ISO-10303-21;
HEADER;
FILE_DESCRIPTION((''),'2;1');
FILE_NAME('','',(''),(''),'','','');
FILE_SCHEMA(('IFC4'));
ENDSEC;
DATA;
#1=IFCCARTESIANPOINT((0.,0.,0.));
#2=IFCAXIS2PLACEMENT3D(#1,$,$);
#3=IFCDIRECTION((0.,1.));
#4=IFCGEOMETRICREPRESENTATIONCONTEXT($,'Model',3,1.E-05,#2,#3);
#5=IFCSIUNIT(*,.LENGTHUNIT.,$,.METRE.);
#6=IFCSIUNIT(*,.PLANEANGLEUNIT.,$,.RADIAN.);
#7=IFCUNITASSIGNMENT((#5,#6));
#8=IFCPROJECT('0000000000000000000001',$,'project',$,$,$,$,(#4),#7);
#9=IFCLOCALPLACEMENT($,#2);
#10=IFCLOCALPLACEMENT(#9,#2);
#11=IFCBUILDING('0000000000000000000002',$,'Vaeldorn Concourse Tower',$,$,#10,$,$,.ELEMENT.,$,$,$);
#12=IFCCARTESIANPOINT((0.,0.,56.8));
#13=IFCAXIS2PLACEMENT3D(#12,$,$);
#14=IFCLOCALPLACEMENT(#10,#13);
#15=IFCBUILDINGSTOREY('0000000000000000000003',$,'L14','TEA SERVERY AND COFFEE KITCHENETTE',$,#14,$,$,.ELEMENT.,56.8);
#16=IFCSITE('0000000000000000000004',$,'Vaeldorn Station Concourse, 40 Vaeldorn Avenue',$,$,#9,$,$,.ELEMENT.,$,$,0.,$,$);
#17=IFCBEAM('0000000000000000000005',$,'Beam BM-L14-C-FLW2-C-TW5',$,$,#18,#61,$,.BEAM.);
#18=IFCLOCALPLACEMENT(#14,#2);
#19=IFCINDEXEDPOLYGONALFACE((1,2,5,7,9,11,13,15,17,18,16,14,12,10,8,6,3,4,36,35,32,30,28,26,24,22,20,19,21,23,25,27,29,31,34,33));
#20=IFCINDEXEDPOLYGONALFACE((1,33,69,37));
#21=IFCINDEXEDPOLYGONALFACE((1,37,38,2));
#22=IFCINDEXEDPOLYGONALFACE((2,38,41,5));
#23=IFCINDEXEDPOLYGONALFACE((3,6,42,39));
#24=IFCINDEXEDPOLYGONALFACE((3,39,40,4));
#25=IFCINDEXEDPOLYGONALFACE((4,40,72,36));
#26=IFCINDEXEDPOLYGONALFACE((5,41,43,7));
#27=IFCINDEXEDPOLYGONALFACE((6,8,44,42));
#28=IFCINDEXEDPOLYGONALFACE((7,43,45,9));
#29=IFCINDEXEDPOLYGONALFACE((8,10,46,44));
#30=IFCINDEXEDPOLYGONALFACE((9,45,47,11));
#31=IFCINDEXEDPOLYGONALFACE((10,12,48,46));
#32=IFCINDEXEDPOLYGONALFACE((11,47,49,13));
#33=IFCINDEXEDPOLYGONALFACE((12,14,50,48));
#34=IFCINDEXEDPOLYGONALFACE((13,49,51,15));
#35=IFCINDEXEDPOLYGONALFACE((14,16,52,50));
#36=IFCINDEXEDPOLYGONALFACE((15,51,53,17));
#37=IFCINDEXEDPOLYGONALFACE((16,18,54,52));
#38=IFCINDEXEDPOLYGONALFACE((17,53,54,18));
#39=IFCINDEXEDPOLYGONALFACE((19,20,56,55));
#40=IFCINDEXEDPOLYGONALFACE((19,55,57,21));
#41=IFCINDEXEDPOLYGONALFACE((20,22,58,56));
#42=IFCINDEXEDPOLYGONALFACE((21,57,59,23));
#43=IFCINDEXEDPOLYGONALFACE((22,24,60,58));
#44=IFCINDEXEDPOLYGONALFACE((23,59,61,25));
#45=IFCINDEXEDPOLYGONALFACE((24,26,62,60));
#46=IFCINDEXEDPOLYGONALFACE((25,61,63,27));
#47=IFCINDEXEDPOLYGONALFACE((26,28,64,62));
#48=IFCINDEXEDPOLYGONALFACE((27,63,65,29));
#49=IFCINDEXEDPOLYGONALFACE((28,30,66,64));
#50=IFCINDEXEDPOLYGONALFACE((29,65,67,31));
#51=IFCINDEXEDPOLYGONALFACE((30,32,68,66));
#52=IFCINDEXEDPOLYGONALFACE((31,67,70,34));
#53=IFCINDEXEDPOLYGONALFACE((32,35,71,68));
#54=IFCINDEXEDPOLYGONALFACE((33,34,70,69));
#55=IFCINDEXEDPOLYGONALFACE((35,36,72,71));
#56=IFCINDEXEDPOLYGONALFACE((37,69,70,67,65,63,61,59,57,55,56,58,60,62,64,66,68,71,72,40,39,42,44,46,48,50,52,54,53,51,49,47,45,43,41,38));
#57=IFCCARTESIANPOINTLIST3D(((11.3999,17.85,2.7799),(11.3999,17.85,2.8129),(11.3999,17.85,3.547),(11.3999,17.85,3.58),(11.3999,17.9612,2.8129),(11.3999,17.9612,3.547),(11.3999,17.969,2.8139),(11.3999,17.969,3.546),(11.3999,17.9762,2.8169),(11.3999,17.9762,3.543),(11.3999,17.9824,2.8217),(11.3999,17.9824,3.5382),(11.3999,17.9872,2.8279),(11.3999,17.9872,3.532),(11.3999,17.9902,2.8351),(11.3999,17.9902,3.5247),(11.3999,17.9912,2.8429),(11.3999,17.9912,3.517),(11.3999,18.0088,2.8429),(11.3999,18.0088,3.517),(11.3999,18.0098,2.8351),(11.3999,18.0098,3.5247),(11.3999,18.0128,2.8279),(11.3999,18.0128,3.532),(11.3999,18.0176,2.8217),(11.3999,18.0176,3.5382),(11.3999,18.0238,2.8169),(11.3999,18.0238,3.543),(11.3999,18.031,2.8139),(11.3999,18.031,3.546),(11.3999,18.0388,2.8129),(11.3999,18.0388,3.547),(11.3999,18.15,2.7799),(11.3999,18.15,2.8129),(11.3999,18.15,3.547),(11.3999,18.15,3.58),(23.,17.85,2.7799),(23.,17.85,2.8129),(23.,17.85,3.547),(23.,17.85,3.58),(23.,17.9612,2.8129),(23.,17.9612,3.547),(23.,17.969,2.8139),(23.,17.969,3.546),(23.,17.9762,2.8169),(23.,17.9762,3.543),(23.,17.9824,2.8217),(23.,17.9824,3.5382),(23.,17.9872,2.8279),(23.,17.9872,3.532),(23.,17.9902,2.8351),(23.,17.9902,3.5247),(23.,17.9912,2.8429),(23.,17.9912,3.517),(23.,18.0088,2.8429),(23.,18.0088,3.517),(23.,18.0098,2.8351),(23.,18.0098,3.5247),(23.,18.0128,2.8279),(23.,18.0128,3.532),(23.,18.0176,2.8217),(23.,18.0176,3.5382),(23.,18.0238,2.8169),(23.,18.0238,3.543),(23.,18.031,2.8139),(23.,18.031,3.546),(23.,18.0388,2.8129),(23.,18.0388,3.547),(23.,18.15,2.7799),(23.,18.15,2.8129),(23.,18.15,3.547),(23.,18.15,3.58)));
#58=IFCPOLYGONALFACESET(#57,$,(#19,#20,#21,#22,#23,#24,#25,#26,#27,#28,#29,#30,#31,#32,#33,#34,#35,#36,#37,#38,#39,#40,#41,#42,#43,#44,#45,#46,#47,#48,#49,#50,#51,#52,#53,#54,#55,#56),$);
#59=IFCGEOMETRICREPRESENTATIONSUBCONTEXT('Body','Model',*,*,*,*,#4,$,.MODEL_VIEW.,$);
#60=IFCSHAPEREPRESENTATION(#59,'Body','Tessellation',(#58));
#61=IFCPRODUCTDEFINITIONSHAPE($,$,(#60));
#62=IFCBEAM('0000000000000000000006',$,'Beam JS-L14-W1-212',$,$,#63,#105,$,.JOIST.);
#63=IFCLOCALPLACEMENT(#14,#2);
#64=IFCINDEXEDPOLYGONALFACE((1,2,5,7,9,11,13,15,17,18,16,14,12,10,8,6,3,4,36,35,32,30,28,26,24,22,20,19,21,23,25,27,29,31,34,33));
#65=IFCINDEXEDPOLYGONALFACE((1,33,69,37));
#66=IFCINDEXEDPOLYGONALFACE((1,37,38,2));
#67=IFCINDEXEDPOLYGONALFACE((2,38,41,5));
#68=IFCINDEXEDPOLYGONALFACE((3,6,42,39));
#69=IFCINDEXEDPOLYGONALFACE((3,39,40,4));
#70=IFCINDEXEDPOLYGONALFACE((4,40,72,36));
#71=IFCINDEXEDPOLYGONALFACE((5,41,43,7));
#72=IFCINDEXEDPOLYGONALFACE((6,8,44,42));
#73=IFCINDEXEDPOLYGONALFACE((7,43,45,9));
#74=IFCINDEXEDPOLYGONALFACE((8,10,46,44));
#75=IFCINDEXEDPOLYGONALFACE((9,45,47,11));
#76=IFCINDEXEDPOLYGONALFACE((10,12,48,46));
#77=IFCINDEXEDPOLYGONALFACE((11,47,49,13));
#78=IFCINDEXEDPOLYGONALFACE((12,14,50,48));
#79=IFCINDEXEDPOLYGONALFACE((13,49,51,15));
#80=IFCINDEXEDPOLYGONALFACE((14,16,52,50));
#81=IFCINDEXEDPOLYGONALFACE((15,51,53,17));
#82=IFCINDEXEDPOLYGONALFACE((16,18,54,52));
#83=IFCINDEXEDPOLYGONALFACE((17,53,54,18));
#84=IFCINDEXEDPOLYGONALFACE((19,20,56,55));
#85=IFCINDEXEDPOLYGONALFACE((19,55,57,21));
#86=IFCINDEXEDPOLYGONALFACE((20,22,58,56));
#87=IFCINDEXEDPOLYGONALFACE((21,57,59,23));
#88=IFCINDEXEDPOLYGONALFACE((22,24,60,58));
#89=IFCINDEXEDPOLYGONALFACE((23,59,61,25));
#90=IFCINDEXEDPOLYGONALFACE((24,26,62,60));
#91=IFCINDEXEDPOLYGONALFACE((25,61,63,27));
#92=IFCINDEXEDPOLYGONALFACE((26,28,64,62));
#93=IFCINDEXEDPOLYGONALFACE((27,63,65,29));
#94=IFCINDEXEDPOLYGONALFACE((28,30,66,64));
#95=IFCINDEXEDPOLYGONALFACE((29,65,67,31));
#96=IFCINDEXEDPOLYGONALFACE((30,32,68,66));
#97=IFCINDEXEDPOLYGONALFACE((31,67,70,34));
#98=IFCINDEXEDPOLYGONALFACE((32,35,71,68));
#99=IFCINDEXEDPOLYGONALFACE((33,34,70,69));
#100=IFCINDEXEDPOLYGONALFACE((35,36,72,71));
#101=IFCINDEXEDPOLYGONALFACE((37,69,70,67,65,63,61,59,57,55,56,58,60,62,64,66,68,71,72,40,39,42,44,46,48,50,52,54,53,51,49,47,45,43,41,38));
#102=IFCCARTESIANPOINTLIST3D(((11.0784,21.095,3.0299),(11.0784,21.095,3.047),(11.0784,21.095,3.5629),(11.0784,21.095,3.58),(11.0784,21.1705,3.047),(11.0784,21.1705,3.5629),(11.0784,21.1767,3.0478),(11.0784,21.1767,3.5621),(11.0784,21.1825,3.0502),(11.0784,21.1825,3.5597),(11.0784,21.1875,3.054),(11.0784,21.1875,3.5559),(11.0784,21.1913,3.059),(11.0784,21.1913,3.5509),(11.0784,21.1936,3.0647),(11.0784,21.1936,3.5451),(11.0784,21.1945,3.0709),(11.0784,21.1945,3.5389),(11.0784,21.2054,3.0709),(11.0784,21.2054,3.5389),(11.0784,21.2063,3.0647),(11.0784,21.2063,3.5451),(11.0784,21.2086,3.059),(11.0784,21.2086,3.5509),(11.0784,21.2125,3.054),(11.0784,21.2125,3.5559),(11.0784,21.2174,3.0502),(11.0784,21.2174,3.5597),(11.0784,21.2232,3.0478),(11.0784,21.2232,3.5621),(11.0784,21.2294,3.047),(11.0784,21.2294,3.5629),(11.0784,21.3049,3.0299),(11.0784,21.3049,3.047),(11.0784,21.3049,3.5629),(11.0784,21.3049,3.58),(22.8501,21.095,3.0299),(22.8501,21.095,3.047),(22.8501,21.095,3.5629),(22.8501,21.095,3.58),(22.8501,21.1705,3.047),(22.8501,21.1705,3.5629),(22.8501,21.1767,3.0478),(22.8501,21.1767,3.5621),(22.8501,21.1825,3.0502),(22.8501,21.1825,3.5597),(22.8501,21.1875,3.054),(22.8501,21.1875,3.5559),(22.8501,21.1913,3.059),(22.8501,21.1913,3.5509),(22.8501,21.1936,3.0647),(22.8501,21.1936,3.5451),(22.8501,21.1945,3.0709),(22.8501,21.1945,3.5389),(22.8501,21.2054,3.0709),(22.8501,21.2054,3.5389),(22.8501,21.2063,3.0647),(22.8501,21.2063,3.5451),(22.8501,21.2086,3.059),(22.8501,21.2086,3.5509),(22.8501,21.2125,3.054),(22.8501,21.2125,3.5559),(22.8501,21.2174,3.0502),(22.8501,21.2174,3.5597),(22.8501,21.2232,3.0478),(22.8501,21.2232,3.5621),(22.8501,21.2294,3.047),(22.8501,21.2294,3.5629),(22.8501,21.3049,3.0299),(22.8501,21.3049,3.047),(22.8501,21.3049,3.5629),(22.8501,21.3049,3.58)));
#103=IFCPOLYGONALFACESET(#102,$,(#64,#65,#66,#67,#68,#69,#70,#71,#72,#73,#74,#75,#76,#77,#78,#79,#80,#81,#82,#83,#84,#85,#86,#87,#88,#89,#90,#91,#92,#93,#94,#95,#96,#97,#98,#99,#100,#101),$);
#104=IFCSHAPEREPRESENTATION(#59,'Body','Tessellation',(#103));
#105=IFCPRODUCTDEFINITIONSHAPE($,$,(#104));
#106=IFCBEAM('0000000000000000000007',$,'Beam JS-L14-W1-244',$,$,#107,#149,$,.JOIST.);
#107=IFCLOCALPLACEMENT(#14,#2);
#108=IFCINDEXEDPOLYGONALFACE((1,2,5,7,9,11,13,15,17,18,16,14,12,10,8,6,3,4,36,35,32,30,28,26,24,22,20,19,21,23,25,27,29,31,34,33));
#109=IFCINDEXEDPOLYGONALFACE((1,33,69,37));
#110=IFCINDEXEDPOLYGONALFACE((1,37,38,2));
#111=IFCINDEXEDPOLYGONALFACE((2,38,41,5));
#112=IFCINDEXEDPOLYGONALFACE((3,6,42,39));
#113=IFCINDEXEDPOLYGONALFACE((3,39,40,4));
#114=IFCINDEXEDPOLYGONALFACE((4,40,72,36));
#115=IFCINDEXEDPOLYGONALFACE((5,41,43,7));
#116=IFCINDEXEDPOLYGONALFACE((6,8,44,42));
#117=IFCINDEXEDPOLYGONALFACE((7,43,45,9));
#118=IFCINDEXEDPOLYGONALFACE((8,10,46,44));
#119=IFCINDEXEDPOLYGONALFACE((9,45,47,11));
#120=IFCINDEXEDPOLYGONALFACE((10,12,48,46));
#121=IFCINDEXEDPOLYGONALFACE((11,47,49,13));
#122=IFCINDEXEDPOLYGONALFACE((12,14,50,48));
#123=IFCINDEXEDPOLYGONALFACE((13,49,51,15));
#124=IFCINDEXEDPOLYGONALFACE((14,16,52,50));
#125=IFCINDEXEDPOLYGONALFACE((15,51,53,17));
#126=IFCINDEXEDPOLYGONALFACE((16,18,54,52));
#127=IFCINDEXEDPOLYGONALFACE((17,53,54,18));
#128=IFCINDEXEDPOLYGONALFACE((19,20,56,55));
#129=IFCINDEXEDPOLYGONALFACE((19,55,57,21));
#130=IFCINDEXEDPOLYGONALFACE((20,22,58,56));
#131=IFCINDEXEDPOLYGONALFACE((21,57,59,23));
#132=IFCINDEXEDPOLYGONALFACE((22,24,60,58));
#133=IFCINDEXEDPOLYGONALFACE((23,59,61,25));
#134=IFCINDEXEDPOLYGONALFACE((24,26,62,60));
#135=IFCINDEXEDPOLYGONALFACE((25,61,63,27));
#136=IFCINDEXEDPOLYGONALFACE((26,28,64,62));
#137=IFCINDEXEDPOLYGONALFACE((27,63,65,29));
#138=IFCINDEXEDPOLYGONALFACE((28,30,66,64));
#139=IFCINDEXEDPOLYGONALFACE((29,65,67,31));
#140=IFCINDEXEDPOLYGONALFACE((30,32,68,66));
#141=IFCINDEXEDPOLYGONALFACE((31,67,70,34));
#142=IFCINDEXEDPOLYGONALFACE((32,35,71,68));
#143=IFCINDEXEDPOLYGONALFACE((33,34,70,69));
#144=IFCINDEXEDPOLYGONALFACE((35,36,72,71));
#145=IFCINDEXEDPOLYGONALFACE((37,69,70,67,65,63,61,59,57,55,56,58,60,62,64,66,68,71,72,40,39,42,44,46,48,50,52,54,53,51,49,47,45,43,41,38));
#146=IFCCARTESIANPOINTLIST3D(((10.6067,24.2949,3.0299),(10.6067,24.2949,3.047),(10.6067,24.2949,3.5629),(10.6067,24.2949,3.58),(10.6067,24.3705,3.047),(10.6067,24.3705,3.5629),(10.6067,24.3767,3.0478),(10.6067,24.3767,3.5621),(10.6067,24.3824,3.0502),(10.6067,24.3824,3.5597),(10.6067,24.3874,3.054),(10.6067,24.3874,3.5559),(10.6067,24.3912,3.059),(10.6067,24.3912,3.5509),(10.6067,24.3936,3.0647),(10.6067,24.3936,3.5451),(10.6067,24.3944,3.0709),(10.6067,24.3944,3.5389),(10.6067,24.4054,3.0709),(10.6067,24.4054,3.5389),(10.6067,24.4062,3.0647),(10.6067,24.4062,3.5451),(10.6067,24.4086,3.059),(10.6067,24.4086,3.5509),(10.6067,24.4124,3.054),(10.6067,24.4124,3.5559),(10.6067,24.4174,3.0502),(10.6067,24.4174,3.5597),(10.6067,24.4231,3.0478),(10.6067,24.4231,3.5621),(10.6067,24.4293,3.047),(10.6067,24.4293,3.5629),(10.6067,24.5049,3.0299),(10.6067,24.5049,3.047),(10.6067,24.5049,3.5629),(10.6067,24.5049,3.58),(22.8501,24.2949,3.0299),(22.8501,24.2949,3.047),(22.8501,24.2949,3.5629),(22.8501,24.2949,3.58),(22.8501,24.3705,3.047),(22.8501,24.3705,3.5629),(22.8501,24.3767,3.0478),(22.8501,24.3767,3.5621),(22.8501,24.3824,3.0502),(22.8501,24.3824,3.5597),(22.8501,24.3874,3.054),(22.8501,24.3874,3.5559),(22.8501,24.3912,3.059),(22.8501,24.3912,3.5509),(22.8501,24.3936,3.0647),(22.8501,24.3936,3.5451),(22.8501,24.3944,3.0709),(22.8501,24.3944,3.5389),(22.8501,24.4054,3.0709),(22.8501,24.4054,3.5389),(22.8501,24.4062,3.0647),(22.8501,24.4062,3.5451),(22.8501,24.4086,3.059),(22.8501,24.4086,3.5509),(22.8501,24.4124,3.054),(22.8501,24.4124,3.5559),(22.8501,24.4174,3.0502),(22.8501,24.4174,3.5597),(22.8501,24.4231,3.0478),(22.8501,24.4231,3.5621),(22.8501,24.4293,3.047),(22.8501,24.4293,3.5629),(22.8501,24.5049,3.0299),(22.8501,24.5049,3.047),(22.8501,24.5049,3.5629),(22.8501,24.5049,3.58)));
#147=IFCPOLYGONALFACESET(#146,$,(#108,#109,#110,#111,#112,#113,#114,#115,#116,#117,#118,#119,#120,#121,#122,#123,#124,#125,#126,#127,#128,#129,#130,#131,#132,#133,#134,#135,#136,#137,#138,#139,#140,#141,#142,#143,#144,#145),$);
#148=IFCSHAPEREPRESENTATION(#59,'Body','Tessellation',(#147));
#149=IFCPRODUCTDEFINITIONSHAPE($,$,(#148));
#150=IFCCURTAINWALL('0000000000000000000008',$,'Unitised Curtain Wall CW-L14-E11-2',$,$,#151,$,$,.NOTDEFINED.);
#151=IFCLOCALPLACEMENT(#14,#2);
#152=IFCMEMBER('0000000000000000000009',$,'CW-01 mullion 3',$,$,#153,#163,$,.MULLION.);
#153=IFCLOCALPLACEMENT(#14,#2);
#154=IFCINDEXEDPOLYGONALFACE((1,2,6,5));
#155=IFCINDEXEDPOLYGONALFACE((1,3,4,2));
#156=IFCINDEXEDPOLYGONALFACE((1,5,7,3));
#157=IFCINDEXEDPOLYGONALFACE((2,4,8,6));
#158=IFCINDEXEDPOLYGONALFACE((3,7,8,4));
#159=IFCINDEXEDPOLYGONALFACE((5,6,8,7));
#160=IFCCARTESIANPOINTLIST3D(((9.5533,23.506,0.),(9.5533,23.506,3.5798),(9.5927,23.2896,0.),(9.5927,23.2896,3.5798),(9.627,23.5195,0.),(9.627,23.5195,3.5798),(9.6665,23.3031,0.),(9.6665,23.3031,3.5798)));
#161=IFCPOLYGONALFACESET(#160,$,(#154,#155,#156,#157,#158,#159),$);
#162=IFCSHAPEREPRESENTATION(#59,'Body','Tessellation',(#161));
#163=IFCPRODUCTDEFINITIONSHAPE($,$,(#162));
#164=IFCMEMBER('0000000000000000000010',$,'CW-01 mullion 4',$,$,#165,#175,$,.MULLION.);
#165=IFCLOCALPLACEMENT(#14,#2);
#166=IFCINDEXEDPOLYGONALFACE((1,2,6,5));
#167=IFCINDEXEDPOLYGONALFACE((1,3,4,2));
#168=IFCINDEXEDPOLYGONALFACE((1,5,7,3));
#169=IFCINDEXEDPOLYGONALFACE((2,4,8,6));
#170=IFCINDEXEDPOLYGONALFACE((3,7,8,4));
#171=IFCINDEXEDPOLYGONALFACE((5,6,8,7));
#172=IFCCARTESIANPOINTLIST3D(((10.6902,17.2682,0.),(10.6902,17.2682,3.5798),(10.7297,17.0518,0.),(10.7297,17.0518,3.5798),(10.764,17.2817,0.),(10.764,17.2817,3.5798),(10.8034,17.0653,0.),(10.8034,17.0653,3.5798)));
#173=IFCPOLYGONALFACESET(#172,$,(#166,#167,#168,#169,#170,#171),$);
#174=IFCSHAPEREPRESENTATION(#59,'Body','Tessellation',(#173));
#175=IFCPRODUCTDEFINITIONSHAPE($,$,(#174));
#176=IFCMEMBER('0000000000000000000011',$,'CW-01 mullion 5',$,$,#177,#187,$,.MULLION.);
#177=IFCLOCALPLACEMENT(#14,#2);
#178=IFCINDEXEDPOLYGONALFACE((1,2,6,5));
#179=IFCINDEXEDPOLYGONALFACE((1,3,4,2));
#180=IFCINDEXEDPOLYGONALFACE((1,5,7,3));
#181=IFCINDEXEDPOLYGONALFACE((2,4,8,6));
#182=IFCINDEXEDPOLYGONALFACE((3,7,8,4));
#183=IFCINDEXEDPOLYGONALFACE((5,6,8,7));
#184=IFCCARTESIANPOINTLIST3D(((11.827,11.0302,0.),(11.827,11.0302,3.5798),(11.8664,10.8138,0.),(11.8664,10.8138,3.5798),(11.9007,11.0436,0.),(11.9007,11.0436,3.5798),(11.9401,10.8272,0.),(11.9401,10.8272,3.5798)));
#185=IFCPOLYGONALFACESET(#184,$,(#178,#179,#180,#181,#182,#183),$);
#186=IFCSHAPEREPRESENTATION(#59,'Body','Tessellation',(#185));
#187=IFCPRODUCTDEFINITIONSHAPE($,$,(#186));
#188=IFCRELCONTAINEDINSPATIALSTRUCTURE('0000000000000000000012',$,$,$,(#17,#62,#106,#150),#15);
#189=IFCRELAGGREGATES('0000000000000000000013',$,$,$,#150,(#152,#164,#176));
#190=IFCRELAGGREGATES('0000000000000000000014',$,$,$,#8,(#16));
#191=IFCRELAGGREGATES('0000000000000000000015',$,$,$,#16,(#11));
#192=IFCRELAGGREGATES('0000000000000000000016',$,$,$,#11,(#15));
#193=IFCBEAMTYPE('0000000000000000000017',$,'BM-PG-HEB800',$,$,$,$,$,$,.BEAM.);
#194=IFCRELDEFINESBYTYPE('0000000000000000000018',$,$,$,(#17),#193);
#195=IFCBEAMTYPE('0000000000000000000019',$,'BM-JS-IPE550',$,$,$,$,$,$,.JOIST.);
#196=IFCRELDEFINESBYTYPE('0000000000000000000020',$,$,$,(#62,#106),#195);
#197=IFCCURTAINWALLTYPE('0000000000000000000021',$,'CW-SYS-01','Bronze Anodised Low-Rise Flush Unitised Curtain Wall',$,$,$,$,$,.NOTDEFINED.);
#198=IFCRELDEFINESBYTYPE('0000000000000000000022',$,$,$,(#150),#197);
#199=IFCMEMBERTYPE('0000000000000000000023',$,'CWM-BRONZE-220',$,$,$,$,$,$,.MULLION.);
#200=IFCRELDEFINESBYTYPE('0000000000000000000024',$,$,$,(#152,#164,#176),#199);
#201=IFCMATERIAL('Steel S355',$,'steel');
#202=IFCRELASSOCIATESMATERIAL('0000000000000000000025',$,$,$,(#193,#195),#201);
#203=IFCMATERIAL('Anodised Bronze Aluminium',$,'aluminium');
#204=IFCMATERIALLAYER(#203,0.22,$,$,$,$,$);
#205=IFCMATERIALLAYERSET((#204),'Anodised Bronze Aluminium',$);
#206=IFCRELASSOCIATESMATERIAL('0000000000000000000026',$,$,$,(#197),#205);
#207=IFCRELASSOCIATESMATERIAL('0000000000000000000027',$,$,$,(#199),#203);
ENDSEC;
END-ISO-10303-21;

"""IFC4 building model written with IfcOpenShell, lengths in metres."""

from ifc_helpers import new_model, si_unit, direction, frame, origin, origin_2d, place, context, subcontext, project, spatial, rectangle, i_section, extrude, source, transform, mapped, material, layer, layer_set, material_profile, profile_set, type_object, element, aggregate, save


model = new_model("IFC4")

# Units and contexts
model_context = context("Model", 3, precision=1e-05, world=origin(), true_north=direction((0.0, 1.0)))
body_context = subcontext(model_context, "Body", "Model", "MODEL_VIEW")
ifc_project = project(units=[si_unit("LENGTHUNIT", "METRE"), si_unit("PLANEANGLEUNIT", "RADIAN")], contexts=[model_context])

# Site, building, storey
site_placement = place(None, origin())
site = spatial("IfcSite", under=ifc_project, at=site_placement, Name="Vaeldorn Station Concourse, 40 Vaeldorn Avenue", CompositionType="ELEMENT", RefElevation=0.0)
building_placement = place(site_placement, origin())
building = spatial("IfcBuilding", under=site, at=building_placement, Name="Vaeldorn Concourse Tower", CompositionType="ELEMENT")
storey_placement = place(building_placement, frame((0.0, 0.0, 56.8)))
storey = spatial("IfcBuildingStorey", under=building, at=storey_placement, Name="L14", Description="TEA SERVERY AND COFFEE KITCHENETTE", CompositionType="ELEMENT", Elevation=56.8)

# Beams
ifc_material_1 = material(Name="Steel S355", Category="steel")
ifc_material_profile_1 = material_profile(ifc_material_1, i_section(OverallWidth=0.3, OverallDepth=0.8, WebThickness=0.0176, FlangeThickness=0.033, FilletRadius=0.03, at=origin_2d()), Name="HEB 800")
ifc_profile_set_1 = profile_set([ifc_material_profile_1], Name="Steel S355")
beam_type_1 = type_object("IfcBeamType", Name="BM-PG-HEB800", PredefinedType="BEAM", material=ifc_profile_set_1)
shared_shape_1 = source(origin(), body_context, "Body", "SweptSolid", [
    extrude(i_section(OverallWidth=0.3, OverallDepth=0.8, WebThickness=0.0176, FlangeThickness=0.033, FilletRadius=0.03, at=origin_2d()), origin(), (0.0, 0.0, 1.0), 11.6001),
])
beam_1_placement = place(storey_placement, frame((11.3999, 18.0, 3.1799), z_axis=(1.0, 0.0, 0.0), x_axis=(0.0, 1.0, 0.0)))
element("IfcBeam", 1, at=beam_1_placement, inside=storey, type_object=beam_type_1, Name="Beam BM-L14-C-FLW2-C-TW5", PredefinedType="BEAM", context=body_context, shape_type="MappedRepresentation", body=[
    mapped(shared_shape_1, transform((0.0, 0.0, 0.0), scale=1.0)),
])
ifc_material_profile_2 = material_profile(ifc_material_1, i_section(OverallWidth=0.21, OverallDepth=0.55, WebThickness=0.011, FlangeThickness=0.0171, FilletRadius=0.0239, at=origin_2d()), Name="IPE 550")
ifc_profile_set_2 = profile_set([ifc_material_profile_2], Name="Steel S355")
beam_type_2 = type_object("IfcBeamType", Name="BM-JS-IPE550", PredefinedType="JOIST", material=ifc_profile_set_2)
shared_shape_2 = source(origin(), body_context, "Body", "SweptSolid", [
    extrude(i_section(OverallWidth=0.21, OverallDepth=0.55, WebThickness=0.011, FlangeThickness=0.0171, FilletRadius=0.0239, at=origin_2d()), origin(), (0.0, 0.0, 1.0), 11.7717),
])
beam_2_placement = place(storey_placement, frame((11.0784, 21.2, 3.3049), z_axis=(1.0, 0.0, 0.0), x_axis=(0.0, 1.0, 0.0)))
element("IfcBeam", 2, at=beam_2_placement, inside=storey, type_object=beam_type_2, Name="Beam JS-L14-W1-212", PredefinedType="JOIST", context=body_context, shape_type="MappedRepresentation", body=[
    mapped(shared_shape_2, transform((0.0, 0.0, 0.0), scale=1.0)),
])
shared_shape_3 = source(origin(), body_context, "Body", "SweptSolid", [
    extrude(i_section(OverallWidth=0.21, OverallDepth=0.55, WebThickness=0.011, FlangeThickness=0.0171, FilletRadius=0.0239, at=origin_2d()), origin(), (0.0, 0.0, 1.0), 12.2434),
])
beam_3_placement = place(storey_placement, frame((10.6067, 24.3999, 3.3049), z_axis=(1.0, 0.0, 0.0), x_axis=(0.0, 1.0, 0.0)))
element("IfcBeam", 3, at=beam_3_placement, inside=storey, type_object=beam_type_2, Name="Beam JS-L14-W1-244", PredefinedType="JOIST", context=body_context, shape_type="MappedRepresentation", body=[
    mapped(shared_shape_3, transform((0.0, 0.0, 0.0), scale=1.0)),
])

# Curtain wall, members
ifc_material_2 = material(Name="Anodised Bronze Aluminium", Category="aluminium")
ifc_layer_1 = layer(ifc_material_2, 0.22)
ifc_layer_set_1 = layer_set([ifc_layer_1], Name="Anodised Bronze Aluminium")
curtain_wall_type = type_object("IfcCurtainWallType", Name="CW-SYS-01", Description="Bronze Anodised Low-Rise Flush Unitised Curtain Wall", PredefinedType="NOTDEFINED", material=ifc_layer_set_1)
curtain_wall_placement = place(storey_placement, origin())
curtain_wall = element("IfcCurtainWall", 4, at=curtain_wall_placement, inside=storey, type_object=curtain_wall_type, Name="Unitised Curtain Wall CW-L14-E11-2", PredefinedType="NOTDEFINED")
ifc_material_profile_3 = material_profile(ifc_material_2, rectangle(XDim=0.075, YDim=0.22, at=origin_2d()), Name="CWM 75x220")
ifc_profile_set_3 = profile_set([ifc_material_profile_3], Name="Anodised Bronze Aluminium")
member_type_1 = type_object("IfcMemberType", Name="CWM-BRONZE-220", PredefinedType="MULLION", material=ifc_profile_set_3)
shared_shape_4 = source(origin(), body_context, "Body", "SweptSolid", [
    extrude(rectangle(XDim=0.075, YDim=0.22, at=origin_2d()), origin(), (0.0, 0.0, 1.0), 3.5798),
])
member_1_placement = place(storey_placement, frame((9.6099, 23.4045, 0.0), z_axis=(0.0, 0.0, 1.0), x_axis=(0.983796, 0.179293, 0.0)))
member_1 = element("IfcMember", 5, at=member_1_placement, type_object=member_type_1, Name="CW-01 mullion 3", PredefinedType="MULLION", context=body_context, shape_type="MappedRepresentation", body=[
    mapped(shared_shape_4, transform((0.0, 0.0, 0.0), scale=1.0)),
])
member_2_placement = place(storey_placement, frame((10.7468, 17.1667, 0.0), z_axis=(0.0, 0.0, 1.0), x_axis=(0.983796, 0.179293, 0.0)))
member_2 = element("IfcMember", 6, at=member_2_placement, type_object=member_type_1, Name="CW-01 mullion 4", PredefinedType="MULLION", context=body_context, shape_type="MappedRepresentation", body=[
    mapped(shared_shape_4, transform((0.0, 0.0, 0.0), scale=1.0)),
])
member_3_placement = place(storey_placement, frame((11.8835, 10.9287, 0.0), z_axis=(0.0, 0.0, 1.0), x_axis=(0.983796, 0.179293, 0.0)))
member_3 = element("IfcMember", 7, at=member_3_placement, type_object=member_type_1, Name="CW-01 mullion 5", PredefinedType="MULLION", context=body_context, shape_type="MappedRepresentation", body=[
    mapped(shared_shape_4, transform((0.0, 0.0, 0.0), scale=1.0)),
])
aggregate(curtain_wall, [member_1, member_2, member_3])

save(model, "model.ifc")
